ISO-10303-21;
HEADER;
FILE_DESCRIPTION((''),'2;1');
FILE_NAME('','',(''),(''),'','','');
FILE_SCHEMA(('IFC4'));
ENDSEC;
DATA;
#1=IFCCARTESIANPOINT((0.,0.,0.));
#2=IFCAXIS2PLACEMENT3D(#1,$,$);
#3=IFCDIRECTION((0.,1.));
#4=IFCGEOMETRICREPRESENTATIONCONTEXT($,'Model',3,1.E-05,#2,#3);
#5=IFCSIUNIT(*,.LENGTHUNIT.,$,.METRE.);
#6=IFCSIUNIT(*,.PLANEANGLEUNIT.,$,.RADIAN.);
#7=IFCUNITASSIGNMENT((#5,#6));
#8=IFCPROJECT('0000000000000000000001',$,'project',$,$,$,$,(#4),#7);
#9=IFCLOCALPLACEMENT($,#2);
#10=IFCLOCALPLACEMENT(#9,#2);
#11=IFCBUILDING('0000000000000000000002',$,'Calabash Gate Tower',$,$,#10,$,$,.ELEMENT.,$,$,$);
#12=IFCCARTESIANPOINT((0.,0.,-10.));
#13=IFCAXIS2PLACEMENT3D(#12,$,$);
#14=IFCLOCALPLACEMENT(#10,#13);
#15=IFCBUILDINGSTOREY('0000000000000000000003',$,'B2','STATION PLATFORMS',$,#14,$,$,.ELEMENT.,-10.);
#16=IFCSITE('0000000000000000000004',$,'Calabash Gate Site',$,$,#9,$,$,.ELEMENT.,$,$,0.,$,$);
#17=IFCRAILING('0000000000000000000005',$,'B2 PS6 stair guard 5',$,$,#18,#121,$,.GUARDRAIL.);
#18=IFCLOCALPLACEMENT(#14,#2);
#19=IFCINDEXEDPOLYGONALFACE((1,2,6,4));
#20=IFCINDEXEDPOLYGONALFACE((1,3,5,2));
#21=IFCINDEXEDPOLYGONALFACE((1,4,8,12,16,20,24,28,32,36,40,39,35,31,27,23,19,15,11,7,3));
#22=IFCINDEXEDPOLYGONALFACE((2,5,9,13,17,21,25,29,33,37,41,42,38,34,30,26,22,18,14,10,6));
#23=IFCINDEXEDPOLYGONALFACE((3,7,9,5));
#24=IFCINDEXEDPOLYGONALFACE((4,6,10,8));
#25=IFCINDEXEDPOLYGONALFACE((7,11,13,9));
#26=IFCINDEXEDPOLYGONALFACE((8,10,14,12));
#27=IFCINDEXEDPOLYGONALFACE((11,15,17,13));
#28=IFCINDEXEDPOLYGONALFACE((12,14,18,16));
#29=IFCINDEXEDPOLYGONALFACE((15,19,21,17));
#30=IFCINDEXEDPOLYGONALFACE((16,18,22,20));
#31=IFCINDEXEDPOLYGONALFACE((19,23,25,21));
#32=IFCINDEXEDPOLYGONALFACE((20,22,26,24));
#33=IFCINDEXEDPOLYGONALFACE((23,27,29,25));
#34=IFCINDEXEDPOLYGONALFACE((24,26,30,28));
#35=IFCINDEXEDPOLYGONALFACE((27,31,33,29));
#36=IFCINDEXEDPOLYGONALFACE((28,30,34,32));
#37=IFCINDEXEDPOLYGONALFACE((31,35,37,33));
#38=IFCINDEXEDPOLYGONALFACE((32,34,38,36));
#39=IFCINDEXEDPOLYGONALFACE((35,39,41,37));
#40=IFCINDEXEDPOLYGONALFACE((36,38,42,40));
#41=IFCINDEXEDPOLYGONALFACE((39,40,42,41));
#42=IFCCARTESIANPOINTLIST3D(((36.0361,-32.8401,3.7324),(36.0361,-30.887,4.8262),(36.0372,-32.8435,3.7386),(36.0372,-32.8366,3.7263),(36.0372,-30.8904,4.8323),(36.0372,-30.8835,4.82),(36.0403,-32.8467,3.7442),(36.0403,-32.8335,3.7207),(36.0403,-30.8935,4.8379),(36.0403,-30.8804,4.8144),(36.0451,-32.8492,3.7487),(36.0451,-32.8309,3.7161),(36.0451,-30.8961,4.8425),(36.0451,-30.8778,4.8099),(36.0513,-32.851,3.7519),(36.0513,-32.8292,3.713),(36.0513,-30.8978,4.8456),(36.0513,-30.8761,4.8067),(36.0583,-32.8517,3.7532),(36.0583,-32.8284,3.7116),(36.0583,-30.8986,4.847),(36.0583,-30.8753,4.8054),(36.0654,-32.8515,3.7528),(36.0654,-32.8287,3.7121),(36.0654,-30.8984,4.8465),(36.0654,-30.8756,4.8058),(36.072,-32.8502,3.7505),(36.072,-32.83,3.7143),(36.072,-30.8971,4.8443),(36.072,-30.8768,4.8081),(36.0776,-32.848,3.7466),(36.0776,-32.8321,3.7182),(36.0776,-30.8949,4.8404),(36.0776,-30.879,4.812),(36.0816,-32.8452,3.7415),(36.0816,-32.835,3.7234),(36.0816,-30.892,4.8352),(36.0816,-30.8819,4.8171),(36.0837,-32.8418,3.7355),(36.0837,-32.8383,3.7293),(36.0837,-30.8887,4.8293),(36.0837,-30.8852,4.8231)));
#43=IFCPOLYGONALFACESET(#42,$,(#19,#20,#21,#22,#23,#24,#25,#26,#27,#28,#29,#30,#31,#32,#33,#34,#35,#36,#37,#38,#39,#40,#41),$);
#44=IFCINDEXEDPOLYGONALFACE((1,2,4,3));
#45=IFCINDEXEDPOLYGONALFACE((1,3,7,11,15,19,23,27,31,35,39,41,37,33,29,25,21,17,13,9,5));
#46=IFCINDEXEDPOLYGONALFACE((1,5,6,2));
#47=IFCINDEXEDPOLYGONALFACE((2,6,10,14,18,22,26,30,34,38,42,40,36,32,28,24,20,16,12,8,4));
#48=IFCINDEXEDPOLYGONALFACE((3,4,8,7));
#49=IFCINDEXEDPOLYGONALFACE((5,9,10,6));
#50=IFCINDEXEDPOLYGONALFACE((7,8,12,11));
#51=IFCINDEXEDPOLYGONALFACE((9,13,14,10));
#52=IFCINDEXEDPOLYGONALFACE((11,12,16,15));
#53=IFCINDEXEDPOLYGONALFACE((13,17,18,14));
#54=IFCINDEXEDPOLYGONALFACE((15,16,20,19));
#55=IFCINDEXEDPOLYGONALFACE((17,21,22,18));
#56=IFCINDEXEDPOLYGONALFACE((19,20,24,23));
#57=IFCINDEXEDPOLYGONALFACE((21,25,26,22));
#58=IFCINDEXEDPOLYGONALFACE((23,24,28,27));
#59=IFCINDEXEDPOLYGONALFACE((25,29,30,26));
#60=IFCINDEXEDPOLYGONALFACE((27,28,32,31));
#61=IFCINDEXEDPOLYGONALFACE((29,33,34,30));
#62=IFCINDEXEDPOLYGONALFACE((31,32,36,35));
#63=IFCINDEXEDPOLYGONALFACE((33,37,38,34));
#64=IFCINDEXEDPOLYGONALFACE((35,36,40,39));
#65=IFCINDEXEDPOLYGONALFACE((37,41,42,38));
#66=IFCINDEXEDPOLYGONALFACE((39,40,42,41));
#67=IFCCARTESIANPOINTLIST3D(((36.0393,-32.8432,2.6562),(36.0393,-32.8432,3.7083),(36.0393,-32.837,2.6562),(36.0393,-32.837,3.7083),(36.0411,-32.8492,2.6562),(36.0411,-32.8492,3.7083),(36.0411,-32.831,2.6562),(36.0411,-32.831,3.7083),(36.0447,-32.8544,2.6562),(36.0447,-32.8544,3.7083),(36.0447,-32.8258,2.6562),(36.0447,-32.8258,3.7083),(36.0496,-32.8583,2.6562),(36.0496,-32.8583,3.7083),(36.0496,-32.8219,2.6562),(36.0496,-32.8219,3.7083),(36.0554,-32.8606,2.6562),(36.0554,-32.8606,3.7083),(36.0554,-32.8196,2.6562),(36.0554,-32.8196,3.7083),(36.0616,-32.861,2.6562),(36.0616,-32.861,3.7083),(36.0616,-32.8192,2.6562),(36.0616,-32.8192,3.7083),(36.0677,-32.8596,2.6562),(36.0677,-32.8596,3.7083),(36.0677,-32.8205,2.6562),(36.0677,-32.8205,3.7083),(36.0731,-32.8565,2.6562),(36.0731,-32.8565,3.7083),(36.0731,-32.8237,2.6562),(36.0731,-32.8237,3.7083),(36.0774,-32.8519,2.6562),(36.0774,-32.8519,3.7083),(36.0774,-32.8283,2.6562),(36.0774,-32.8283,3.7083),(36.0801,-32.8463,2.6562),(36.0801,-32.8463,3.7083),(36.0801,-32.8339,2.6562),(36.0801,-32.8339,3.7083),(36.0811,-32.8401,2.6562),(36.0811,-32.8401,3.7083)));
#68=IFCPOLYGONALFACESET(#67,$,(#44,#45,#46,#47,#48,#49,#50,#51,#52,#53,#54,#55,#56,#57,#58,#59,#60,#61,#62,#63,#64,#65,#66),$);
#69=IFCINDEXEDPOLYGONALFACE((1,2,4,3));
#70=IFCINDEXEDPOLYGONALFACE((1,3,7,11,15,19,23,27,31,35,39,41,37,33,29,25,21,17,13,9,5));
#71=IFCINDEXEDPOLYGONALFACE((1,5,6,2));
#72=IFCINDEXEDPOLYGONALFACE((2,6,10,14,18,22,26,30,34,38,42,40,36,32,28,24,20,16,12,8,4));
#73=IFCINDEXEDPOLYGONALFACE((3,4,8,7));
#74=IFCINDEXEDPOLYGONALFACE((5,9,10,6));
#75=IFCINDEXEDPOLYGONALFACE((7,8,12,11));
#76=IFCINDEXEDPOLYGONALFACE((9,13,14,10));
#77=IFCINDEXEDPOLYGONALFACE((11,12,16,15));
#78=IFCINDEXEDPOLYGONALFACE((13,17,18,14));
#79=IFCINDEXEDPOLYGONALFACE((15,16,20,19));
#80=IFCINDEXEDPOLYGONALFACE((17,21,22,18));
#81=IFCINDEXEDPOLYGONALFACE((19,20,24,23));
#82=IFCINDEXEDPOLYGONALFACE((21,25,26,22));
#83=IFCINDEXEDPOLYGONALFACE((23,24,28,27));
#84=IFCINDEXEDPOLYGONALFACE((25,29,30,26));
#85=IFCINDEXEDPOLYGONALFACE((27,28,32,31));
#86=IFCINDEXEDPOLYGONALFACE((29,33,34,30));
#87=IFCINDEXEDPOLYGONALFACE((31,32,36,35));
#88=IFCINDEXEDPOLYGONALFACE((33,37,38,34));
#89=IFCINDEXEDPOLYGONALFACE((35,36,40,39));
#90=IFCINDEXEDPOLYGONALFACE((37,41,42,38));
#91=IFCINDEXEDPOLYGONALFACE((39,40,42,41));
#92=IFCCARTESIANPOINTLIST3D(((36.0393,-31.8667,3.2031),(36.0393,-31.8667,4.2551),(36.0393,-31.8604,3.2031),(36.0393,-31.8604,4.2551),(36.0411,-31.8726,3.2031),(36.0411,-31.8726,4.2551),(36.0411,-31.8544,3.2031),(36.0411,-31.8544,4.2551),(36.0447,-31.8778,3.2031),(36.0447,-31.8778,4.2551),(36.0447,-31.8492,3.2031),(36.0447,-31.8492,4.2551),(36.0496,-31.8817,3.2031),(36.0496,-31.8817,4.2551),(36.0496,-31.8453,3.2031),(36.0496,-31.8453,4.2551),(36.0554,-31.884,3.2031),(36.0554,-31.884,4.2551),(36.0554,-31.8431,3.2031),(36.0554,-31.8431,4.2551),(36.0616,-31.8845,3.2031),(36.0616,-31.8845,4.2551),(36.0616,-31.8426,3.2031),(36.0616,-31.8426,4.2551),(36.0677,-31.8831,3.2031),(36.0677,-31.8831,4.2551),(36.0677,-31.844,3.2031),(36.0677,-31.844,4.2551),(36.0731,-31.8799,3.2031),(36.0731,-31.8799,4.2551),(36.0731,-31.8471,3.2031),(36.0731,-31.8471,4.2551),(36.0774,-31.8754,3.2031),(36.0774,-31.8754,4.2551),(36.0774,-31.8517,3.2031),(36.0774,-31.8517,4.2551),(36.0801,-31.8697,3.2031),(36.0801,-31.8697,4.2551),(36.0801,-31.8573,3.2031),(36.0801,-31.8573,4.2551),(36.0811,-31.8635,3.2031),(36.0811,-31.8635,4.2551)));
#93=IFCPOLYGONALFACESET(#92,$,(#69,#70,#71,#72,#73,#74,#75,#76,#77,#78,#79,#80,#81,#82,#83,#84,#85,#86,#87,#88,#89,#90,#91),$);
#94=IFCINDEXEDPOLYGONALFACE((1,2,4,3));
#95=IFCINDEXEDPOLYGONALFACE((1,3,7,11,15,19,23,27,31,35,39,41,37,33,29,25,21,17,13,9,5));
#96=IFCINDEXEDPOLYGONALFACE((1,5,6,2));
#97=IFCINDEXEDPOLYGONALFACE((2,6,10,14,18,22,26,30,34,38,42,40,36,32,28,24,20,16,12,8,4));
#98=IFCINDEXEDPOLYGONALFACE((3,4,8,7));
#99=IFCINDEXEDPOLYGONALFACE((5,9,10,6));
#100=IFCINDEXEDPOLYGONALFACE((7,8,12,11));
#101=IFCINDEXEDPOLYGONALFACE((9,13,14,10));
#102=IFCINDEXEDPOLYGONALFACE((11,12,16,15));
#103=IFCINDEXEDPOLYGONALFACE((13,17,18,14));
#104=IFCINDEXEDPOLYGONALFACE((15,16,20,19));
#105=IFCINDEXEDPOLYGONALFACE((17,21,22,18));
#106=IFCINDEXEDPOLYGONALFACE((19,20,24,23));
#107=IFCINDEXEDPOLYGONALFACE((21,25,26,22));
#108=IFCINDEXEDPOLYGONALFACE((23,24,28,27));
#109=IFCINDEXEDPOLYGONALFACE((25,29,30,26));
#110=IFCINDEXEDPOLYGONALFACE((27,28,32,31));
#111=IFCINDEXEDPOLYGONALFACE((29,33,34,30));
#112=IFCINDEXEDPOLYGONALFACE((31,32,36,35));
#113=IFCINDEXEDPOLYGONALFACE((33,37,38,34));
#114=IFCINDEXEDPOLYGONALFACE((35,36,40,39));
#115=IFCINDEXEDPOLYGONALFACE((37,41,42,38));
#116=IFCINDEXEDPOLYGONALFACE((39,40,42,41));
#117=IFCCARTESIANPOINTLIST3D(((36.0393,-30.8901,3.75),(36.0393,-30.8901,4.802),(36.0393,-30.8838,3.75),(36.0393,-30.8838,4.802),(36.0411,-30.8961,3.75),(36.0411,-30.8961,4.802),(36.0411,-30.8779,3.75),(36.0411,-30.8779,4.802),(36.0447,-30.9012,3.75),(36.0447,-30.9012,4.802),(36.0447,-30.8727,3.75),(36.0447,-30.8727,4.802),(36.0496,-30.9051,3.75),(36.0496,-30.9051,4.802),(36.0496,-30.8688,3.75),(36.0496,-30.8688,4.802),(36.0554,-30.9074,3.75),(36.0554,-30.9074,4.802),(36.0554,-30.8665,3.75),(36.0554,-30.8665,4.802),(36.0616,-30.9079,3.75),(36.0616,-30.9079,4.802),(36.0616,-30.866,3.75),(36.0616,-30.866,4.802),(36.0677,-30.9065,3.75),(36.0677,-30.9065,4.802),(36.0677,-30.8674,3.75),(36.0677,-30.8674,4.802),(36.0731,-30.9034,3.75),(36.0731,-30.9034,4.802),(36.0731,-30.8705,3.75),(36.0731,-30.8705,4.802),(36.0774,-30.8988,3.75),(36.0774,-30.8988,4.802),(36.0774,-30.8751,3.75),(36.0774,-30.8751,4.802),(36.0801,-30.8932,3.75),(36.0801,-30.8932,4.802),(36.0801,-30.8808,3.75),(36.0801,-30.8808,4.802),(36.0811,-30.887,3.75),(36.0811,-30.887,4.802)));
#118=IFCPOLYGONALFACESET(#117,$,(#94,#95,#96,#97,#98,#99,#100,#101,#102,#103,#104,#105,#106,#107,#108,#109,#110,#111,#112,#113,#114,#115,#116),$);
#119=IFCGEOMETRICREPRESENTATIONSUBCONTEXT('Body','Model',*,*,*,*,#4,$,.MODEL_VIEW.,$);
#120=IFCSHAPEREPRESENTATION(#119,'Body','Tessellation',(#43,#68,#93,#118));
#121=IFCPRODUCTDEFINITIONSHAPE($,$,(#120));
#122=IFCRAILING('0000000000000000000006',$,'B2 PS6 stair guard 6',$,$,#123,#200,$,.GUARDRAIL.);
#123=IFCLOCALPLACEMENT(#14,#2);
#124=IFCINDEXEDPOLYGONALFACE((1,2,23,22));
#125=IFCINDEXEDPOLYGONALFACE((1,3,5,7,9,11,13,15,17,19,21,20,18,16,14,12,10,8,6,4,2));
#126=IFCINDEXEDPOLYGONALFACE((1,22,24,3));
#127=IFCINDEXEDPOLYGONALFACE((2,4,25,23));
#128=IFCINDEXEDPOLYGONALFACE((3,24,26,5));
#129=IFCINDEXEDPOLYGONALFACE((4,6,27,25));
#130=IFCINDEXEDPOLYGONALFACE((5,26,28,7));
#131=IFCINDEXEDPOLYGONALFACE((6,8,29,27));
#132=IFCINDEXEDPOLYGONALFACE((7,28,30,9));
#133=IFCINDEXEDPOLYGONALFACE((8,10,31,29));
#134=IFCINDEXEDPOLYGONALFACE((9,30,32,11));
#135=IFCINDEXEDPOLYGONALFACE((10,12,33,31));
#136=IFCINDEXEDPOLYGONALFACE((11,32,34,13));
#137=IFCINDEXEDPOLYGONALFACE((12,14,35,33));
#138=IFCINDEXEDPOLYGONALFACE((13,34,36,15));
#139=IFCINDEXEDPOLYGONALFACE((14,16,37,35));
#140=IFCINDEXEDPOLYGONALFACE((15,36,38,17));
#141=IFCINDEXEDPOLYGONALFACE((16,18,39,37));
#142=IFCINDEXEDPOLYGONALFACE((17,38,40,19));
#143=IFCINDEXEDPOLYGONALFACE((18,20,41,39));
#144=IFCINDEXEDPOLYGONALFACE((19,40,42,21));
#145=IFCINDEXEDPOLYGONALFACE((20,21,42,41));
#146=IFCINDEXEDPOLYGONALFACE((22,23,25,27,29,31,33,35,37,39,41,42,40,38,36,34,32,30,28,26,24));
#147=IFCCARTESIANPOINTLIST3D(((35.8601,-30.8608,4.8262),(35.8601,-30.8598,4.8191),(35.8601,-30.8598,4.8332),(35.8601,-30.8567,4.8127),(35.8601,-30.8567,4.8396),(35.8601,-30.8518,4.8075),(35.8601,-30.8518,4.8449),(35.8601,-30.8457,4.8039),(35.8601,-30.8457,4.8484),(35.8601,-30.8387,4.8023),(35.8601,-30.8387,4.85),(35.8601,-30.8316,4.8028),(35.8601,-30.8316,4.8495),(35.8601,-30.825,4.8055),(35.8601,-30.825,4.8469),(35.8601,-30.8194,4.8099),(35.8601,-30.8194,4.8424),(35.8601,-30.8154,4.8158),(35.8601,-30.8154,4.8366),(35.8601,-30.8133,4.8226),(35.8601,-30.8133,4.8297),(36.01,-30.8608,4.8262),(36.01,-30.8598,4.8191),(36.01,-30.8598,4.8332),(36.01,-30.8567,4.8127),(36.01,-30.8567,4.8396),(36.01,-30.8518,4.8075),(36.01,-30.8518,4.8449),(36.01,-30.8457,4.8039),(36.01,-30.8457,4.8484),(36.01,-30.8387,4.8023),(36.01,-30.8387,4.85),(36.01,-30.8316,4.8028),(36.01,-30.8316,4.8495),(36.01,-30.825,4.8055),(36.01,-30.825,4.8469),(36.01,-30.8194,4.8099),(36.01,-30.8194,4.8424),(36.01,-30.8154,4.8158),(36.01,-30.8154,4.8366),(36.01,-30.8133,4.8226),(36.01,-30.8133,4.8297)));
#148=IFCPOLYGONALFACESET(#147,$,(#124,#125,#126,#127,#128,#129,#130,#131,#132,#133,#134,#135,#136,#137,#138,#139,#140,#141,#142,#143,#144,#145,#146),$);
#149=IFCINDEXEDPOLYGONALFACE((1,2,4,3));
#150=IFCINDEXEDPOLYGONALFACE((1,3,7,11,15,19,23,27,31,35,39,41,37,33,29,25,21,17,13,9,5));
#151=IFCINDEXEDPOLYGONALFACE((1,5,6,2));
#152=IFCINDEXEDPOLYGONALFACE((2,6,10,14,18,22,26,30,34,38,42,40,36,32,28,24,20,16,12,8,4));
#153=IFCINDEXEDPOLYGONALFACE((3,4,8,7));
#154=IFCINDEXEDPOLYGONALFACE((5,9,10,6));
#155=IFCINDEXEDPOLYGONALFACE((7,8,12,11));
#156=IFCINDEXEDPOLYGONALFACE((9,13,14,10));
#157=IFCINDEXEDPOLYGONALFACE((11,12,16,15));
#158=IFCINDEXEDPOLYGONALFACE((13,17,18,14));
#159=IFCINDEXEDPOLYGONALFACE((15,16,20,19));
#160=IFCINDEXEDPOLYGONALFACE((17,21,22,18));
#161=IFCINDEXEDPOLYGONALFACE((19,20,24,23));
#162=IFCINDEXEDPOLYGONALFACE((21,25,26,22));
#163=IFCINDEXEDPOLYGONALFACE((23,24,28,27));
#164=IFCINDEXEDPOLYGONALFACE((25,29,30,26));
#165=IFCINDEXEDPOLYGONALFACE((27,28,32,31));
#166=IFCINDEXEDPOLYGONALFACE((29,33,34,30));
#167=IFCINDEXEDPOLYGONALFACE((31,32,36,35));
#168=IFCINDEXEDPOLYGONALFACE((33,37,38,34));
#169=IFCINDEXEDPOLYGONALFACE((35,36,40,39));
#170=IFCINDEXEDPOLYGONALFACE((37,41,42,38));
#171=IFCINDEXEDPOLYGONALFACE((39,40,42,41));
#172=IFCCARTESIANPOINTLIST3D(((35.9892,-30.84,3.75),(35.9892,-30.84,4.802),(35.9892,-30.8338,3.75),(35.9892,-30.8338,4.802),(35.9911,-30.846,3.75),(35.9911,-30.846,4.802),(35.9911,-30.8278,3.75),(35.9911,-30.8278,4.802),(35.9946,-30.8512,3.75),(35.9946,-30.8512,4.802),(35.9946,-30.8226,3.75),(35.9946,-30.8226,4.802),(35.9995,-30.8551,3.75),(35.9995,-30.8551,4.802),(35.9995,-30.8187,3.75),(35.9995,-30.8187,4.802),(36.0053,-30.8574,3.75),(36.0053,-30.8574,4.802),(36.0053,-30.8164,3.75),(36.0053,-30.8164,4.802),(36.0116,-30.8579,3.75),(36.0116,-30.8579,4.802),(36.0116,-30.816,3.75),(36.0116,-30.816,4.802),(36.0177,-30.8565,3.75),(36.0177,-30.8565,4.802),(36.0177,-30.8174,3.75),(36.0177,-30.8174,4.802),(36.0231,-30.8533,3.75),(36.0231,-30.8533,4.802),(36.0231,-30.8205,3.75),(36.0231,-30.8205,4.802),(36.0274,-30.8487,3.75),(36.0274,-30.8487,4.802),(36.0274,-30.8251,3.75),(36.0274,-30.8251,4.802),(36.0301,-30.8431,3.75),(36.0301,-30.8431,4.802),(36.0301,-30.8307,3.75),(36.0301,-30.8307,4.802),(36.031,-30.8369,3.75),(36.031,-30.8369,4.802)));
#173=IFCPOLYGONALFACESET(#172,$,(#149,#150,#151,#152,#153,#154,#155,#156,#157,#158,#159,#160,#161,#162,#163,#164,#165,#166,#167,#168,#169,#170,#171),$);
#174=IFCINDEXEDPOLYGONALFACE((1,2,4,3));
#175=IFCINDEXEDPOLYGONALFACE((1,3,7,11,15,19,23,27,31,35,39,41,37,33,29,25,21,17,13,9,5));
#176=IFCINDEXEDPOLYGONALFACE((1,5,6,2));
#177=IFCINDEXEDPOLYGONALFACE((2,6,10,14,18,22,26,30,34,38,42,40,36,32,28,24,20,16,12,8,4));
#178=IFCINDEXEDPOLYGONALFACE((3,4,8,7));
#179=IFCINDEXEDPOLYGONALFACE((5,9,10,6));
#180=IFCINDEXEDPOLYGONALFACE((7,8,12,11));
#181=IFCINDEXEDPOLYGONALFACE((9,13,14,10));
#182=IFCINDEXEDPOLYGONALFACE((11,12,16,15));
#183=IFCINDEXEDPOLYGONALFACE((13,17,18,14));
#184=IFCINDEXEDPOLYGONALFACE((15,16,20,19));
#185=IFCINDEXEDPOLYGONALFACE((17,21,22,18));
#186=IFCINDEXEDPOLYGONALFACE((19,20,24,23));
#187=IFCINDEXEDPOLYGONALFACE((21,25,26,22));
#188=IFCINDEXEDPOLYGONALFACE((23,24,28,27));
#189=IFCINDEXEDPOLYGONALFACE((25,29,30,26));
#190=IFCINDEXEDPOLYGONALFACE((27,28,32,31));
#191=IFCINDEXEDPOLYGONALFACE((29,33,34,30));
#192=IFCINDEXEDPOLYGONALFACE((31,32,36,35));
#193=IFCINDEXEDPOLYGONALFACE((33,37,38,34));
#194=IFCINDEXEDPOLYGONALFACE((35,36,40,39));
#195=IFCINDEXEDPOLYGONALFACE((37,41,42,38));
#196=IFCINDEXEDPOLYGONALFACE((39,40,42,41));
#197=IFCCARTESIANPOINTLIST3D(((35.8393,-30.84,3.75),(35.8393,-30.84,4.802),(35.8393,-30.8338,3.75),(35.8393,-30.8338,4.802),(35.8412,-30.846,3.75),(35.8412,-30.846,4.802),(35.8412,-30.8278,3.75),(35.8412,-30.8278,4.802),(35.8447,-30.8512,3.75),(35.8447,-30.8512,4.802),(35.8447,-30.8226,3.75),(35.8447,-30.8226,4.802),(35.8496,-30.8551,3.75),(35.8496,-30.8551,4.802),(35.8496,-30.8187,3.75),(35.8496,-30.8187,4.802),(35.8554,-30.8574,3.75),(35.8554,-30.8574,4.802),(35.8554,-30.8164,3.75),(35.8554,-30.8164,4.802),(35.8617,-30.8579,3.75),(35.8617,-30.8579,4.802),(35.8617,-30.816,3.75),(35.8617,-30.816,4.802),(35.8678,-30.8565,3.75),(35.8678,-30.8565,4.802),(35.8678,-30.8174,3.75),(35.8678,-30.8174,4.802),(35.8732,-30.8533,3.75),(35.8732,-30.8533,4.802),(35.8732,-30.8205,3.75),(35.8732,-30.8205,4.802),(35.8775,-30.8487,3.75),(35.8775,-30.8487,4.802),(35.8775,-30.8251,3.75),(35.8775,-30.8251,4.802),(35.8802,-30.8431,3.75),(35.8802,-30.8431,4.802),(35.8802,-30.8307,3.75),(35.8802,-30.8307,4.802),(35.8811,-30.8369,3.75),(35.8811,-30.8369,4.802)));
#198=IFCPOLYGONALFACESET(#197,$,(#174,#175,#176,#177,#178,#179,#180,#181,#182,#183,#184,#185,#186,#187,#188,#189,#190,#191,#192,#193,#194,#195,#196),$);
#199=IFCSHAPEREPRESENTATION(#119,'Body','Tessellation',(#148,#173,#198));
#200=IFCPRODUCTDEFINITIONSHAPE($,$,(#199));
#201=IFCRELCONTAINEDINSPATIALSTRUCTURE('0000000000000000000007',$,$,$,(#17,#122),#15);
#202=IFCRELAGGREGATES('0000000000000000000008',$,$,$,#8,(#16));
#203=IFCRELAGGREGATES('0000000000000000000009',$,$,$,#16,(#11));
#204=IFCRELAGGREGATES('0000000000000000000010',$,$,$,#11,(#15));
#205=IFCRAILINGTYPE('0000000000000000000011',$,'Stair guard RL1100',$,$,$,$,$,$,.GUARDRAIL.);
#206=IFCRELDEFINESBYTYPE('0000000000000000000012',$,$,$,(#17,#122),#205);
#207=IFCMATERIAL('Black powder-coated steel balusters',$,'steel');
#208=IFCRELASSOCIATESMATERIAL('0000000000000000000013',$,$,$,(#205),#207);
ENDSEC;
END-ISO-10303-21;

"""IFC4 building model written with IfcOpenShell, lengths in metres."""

from ifc_helpers import new_model, si_unit, direction, frame, origin, origin_2d, place, context, subcontext, project, spatial, circle, extrude, material, type_object, element, save


model = new_model("IFC4")

# Units and contexts
model_context = context("Model", 3, precision=1e-05, world=origin(), true_north=direction((0.0, 1.0)))
body_context = subcontext(model_context, "Body", "Model", "MODEL_VIEW")
ifc_project = project(units=[si_unit("LENGTHUNIT", "METRE"), si_unit("PLANEANGLEUNIT", "RADIAN")], contexts=[model_context])

# Site, building, storey
site_placement = place(None, origin())
site = spatial("IfcSite", under=ifc_project, at=site_placement, Name="Calabash Gate Site", CompositionType="ELEMENT", RefElevation=0.0)
building_placement = place(site_placement, origin())
building = spatial("IfcBuilding", under=site, at=building_placement, Name="Calabash Gate Tower", CompositionType="ELEMENT")
storey_placement = place(building_placement, frame((0.0, 0.0, -10.0)))
storey = spatial("IfcBuildingStorey", under=building, at=storey_placement, Name="B2", Description="STATION PLATFORMS", CompositionType="ELEMENT", Elevation=-10.0)

# Railings
ifc_material_1 = material(Name="Black powder-coated steel balusters", Category="steel")
railing_type_1 = type_object("IfcRailingType", Name="Stair guard RL1100", PredefinedType="GUARDRAIL", material=ifc_material_1)
railing_1_placement = place(storey_placement, frame((36.0601, -32.8401, 2.6562)))
element("IfcRailing", 1, at=railing_1_placement, inside=storey, type_object=railing_type_1, Name="B2 PS6 stair guard 5", PredefinedType="GUARDRAIL", context=body_context, shape_type="SweptSolid", body=[
    extrude(circle(Radius=0.0239, at=origin_2d()), frame((0.0, 0.0, 1.0762), z_axis=(0.0, 0.872506, 0.488603), x_axis=(-1.0, 0.0, 0.0)), (0.0, 0.0, 1.0), 2.2385),
    extrude(circle(Radius=0.021, at=origin_2d()), origin(), (0.0, 0.0, 1.0), 1.052),
    extrude(circle(Radius=0.021, at=origin_2d()), frame((0.0, 0.9766, 0.5469)), (0.0, 0.0, 1.0), 1.052),
    extrude(circle(Radius=0.021, at=origin_2d()), frame((0.0, 1.9531, 1.0938)), (0.0, 0.0, 1.0), 1.052),
])
railing_2_placement = place(storey_placement, frame((36.01, -30.8369, 3.75)))
element("IfcRailing", 2, at=railing_2_placement, inside=storey, type_object=railing_type_1, Name="B2 PS6 stair guard 6", PredefinedType="GUARDRAIL", context=body_context, shape_type="SweptSolid", body=[
    extrude(circle(Radius=0.0239, at=origin_2d()), frame((0.0, 0.0, 1.0762), z_axis=(-1.0, 0.0, 0.0), x_axis=(0.0, -1.0, 0.0)), (0.0, 0.0, 1.0), 0.1499),
    extrude(circle(Radius=0.021, at=origin_2d()), origin(), (0.0, 0.0, 1.0), 1.052),
    extrude(circle(Radius=0.021, at=origin_2d()), frame((-0.1499, 0.0, 0.0)), (0.0, 0.0, 1.0), 1.052),
])

save(model, "model.ifc")
